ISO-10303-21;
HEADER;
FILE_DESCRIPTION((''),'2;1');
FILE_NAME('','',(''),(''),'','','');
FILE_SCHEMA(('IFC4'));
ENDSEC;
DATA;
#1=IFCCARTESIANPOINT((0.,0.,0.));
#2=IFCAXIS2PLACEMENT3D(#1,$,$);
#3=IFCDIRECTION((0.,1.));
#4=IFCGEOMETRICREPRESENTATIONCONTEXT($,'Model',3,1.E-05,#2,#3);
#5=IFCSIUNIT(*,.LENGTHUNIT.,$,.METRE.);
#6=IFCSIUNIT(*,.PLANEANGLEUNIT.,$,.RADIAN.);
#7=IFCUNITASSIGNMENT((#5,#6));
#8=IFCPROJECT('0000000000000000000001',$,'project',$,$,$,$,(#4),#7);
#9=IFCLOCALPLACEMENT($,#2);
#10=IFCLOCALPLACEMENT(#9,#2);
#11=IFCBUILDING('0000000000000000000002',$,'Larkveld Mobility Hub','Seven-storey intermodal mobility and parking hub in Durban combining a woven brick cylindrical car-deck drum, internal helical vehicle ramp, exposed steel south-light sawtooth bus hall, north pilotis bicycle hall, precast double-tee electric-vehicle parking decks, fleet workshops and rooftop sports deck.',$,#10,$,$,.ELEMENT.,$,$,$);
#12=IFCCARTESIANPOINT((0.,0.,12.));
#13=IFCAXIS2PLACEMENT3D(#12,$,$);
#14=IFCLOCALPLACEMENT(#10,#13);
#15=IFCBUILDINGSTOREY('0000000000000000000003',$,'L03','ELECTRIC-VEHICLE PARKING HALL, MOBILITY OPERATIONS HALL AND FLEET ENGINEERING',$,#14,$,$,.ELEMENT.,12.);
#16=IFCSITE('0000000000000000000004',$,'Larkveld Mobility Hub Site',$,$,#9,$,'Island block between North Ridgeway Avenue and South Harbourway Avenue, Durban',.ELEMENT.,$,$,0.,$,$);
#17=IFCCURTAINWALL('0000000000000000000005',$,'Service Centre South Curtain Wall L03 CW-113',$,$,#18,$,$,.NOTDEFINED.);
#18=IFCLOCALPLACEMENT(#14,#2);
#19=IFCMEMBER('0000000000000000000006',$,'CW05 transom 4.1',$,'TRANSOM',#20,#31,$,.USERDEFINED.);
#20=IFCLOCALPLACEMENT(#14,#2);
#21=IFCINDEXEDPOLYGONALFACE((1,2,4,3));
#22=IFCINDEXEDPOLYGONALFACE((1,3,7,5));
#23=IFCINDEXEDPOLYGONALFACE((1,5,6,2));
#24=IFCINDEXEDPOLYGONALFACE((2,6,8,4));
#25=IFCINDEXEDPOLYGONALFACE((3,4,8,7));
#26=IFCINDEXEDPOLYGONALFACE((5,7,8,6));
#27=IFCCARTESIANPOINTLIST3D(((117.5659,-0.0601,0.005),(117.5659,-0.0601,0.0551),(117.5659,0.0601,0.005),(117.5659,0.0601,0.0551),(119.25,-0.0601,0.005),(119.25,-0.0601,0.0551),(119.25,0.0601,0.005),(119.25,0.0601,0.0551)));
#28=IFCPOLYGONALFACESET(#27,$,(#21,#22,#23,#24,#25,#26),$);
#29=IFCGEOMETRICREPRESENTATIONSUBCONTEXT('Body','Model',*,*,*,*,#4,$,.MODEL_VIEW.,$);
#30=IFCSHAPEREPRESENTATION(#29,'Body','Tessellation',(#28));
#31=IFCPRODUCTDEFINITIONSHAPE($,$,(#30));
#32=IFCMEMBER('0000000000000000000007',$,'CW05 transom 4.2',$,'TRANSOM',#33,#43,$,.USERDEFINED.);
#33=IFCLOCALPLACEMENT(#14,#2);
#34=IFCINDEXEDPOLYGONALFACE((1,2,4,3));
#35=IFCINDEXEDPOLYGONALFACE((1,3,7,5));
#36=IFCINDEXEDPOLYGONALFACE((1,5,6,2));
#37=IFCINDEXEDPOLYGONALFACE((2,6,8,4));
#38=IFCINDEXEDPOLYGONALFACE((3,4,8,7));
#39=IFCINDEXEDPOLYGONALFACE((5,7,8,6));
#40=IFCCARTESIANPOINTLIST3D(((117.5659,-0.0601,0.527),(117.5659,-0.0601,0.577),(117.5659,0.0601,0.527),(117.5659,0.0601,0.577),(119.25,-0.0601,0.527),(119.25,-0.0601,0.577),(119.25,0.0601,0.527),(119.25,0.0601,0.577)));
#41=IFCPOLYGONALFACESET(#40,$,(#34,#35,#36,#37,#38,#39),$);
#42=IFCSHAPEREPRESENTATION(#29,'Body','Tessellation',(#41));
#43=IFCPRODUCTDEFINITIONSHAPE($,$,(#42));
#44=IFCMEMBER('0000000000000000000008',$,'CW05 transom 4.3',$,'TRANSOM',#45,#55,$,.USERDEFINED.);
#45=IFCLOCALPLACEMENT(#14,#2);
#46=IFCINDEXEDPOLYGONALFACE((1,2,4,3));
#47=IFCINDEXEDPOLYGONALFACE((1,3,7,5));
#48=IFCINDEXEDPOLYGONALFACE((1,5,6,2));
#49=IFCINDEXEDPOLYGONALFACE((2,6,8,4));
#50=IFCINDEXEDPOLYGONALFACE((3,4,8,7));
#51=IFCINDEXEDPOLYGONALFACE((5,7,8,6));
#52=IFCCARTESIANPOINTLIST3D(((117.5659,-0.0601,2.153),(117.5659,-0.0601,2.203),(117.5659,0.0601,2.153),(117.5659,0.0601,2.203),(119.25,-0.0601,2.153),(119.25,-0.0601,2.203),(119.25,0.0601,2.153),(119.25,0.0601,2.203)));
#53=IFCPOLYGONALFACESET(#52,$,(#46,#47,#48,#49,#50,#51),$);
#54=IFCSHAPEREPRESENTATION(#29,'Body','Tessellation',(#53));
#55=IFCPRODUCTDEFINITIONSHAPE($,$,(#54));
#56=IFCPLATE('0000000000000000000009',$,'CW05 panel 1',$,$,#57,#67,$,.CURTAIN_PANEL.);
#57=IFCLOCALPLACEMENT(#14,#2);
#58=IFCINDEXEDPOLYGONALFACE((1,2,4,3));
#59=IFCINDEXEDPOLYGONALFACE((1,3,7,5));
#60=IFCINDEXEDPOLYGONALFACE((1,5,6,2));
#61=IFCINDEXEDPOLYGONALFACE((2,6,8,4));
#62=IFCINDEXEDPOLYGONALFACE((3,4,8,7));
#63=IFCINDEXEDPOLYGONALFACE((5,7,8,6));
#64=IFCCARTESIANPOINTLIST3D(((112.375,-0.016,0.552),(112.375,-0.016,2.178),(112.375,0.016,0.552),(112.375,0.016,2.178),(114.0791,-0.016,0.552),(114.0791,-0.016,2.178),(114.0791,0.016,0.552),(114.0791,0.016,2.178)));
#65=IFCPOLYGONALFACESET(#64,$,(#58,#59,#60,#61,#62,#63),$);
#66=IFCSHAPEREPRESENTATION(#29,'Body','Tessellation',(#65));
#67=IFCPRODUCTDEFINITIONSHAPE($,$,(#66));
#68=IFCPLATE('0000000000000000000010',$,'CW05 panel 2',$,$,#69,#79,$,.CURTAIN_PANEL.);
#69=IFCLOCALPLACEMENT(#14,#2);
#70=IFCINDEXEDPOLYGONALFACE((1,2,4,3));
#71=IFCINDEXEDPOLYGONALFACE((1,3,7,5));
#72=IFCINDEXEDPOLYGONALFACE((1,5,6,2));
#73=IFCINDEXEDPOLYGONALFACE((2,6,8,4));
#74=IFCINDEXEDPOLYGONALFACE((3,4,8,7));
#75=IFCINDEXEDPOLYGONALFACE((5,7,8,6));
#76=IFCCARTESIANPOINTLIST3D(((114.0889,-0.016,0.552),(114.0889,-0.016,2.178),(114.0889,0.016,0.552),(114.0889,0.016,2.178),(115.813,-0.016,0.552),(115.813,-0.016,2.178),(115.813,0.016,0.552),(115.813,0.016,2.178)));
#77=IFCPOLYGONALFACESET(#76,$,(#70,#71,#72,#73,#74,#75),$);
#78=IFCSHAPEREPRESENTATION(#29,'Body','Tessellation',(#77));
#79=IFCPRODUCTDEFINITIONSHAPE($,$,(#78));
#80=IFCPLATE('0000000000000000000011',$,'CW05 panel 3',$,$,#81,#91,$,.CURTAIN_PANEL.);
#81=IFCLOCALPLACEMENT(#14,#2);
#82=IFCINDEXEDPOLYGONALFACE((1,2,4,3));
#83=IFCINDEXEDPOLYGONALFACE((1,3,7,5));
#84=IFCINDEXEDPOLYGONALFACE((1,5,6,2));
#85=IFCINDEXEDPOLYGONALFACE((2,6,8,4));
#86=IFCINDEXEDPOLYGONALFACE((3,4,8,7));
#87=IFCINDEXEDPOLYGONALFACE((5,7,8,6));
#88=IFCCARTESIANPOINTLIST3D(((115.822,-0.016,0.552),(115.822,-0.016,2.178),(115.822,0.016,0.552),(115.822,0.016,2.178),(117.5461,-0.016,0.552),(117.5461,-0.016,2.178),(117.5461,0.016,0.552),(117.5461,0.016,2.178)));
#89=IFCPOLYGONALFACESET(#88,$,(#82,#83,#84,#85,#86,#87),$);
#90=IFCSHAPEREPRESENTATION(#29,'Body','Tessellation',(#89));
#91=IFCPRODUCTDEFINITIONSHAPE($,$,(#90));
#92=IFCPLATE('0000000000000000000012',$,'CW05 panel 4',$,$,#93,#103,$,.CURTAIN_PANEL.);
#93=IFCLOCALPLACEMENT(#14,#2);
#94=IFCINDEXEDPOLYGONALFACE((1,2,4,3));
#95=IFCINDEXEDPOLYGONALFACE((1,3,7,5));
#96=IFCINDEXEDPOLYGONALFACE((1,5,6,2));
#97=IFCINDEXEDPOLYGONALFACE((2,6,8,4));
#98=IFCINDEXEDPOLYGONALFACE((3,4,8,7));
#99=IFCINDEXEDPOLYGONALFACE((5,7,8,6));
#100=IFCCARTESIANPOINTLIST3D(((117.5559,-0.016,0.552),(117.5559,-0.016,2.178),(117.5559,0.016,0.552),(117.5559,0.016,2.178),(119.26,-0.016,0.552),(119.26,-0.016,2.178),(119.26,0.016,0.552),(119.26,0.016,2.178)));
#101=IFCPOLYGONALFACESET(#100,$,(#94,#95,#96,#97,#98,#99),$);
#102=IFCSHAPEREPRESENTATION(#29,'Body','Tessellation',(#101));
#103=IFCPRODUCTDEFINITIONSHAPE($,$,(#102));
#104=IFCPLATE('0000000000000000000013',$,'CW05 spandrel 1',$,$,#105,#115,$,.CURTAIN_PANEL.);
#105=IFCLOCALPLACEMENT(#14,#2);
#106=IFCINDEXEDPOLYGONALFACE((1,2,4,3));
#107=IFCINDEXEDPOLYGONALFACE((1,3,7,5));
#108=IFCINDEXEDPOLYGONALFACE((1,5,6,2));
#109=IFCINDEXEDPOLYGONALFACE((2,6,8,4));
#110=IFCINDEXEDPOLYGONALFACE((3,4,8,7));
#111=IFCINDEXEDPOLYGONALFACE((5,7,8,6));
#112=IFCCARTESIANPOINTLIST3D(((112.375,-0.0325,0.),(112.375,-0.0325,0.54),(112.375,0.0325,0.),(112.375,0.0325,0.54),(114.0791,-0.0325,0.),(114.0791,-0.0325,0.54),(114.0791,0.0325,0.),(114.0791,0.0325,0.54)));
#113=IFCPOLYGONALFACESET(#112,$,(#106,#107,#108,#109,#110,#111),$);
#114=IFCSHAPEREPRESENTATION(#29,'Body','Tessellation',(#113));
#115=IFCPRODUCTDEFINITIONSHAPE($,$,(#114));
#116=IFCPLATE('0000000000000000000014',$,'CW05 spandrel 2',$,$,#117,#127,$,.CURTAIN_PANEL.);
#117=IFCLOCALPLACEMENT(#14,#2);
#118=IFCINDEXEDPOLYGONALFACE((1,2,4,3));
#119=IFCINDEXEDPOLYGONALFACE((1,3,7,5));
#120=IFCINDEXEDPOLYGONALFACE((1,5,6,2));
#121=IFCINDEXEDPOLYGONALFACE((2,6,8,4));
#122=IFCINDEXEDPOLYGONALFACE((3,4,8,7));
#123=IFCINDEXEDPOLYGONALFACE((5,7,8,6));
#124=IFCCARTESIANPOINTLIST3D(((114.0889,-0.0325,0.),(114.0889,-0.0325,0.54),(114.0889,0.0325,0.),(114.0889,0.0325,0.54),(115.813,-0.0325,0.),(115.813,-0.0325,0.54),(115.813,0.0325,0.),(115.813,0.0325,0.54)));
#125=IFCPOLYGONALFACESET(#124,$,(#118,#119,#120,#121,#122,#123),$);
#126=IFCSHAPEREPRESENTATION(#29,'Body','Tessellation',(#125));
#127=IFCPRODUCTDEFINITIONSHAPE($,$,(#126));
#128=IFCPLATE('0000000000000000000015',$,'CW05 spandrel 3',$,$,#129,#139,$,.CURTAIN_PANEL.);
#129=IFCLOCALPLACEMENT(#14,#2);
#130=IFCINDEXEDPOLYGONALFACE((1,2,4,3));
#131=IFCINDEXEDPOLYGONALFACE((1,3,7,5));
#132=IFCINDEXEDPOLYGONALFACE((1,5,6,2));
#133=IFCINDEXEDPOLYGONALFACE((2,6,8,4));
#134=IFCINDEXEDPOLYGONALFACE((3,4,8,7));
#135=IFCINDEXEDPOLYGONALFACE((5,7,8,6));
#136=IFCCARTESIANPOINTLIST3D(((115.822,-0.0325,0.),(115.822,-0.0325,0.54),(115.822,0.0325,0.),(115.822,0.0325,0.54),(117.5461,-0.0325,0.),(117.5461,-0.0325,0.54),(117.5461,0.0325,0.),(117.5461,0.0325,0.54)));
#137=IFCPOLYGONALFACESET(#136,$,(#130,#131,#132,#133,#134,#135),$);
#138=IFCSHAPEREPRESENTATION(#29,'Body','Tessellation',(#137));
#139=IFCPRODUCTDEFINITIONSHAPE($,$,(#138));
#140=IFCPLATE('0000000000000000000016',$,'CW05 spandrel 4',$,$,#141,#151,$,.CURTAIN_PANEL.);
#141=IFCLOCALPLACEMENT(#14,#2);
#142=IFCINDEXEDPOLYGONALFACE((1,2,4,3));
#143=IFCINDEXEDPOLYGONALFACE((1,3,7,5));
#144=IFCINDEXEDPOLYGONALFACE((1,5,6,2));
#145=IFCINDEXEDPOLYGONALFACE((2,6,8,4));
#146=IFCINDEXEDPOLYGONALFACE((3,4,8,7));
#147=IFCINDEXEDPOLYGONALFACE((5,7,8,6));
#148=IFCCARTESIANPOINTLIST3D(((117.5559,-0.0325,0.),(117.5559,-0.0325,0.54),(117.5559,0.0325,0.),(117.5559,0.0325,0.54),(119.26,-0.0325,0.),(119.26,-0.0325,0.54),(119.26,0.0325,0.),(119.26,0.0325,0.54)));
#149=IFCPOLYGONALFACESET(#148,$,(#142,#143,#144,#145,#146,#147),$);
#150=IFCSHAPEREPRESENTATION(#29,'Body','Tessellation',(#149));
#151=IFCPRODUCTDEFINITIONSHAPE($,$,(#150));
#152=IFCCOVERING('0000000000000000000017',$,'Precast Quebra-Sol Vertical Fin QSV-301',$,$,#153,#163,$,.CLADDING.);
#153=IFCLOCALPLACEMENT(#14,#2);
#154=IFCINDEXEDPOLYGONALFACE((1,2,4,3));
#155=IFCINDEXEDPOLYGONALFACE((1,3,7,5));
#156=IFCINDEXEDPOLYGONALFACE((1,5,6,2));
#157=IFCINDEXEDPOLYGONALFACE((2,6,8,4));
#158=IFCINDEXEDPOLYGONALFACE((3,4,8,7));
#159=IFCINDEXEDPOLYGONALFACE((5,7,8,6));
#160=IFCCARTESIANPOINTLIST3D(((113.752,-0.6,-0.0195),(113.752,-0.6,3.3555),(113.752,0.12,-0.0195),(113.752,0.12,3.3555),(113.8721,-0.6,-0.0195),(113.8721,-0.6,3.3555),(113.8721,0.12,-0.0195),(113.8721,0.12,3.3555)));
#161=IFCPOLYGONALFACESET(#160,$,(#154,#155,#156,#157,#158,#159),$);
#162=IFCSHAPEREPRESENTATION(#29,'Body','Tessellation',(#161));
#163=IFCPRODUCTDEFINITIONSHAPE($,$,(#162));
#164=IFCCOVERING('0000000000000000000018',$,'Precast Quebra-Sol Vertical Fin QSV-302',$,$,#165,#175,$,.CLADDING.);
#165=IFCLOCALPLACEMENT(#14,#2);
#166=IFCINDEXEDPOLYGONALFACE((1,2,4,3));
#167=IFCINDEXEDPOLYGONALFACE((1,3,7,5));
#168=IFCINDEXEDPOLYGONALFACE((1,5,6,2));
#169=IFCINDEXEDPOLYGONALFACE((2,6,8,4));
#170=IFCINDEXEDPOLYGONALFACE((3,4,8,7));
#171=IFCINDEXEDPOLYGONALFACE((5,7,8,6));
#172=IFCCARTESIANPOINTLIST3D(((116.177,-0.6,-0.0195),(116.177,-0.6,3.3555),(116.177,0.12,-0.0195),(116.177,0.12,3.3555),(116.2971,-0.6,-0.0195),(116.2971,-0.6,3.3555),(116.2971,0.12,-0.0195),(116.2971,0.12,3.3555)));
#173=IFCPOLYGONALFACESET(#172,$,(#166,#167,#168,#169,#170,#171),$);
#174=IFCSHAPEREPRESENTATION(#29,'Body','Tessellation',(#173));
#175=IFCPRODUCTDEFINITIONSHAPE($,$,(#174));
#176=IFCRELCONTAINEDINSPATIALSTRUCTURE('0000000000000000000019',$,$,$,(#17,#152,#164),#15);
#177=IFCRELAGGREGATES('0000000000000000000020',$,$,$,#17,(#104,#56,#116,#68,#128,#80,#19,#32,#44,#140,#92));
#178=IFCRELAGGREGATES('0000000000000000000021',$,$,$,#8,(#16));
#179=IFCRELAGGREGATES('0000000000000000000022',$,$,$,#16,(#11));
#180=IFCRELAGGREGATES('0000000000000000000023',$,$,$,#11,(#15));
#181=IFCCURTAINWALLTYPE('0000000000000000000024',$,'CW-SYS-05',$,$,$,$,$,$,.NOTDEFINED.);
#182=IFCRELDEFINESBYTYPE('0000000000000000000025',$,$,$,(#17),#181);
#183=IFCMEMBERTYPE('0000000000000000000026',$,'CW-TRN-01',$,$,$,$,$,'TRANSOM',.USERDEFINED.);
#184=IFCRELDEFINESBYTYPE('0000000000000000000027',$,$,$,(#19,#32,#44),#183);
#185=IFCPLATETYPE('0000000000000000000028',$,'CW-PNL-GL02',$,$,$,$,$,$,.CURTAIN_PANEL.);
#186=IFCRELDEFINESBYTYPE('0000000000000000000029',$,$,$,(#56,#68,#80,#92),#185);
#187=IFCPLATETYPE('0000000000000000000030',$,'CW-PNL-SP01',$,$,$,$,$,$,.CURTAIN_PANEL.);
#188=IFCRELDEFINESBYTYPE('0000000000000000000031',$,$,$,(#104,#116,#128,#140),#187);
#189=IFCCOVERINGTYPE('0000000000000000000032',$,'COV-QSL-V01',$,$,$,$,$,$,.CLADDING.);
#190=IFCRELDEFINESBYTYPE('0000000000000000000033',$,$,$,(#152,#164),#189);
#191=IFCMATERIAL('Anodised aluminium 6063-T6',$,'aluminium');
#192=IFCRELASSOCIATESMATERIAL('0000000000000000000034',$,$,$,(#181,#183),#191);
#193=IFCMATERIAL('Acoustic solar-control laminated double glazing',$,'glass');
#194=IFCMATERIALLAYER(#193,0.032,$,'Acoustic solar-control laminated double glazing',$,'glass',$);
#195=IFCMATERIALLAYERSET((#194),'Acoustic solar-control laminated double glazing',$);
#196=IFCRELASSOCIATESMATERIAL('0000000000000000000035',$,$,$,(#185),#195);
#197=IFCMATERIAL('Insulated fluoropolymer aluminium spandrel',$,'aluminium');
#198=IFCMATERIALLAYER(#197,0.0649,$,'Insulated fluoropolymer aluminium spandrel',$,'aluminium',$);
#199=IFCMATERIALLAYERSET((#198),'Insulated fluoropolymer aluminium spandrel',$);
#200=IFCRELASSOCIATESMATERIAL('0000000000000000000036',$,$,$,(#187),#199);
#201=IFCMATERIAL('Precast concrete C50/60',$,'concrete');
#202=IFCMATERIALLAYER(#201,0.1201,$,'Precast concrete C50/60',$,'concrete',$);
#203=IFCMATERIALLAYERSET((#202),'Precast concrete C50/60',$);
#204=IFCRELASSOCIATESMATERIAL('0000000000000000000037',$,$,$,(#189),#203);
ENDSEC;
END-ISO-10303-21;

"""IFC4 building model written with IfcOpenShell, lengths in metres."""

from ifc_helpers import new_model, si_unit, direction, frame, origin, origin_2d, place, context, subcontext, project, spatial, rectangle, extrude, material, layer, layer_set, material_profile, profile_set, type_object, element, aggregate, save


model = new_model("IFC4")

# Units and contexts
model_context = context("Model", 3, precision=1e-05, world=origin(), true_north=direction((0.0, 1.0)))
body_context = subcontext(model_context, "Body", "Model", "MODEL_VIEW")
ifc_project = project(units=[si_unit("LENGTHUNIT", "METRE"), si_unit("PLANEANGLEUNIT", "RADIAN")], contexts=[model_context])

# Site, building, storey
site_placement = place(None, origin())
site = spatial("IfcSite", under=ifc_project, at=site_placement, Name="Larkveld Mobility Hub Site", LongName="Island block between North Ridgeway Avenue and South Harbourway Avenue, Durban", CompositionType="ELEMENT", RefElevation=0.0)
building_placement = place(site_placement, origin())
building = spatial("IfcBuilding", under=site, at=building_placement, Name="Larkveld Mobility Hub", Description="Seven-storey intermodal mobility and parking hub in Durban combining a woven brick cylindrical car-deck drum, internal helical vehicle ramp, exposed steel south-light sawtooth bus hall, north pilotis bicycle hall, precast double-tee electric-vehicle parking decks, fleet workshops and rooftop sports deck.", CompositionType="ELEMENT")
storey_placement = place(building_placement, frame((0.0, 0.0, 12.0)))
storey = spatial("IfcBuildingStorey", under=building, at=storey_placement, Name="L03", Description="ELECTRIC-VEHICLE PARKING HALL, MOBILITY OPERATIONS HALL AND FLEET ENGINEERING", CompositionType="ELEMENT", Elevation=12.0)

# Shared definitions
ifc_material_1 = material(Name="Precast concrete C50/60", Category="concrete")

# Curtain wall, members, plates
ifc_material_2 = material(Name="Anodised aluminium 6063-T6", Category="aluminium")
curtain_wall_type = type_object("IfcCurtainWallType", Name="CW-SYS-05", PredefinedType="NOTDEFINED", material=ifc_material_2)
curtain_wall_placement = place(storey_placement, origin())
curtain_wall = element("IfcCurtainWall", 1, at=curtain_wall_placement, inside=storey, type_object=curtain_wall_type, Name="Service Centre South Curtain Wall L03 CW-113", PredefinedType="NOTDEFINED")
ifc_material_profile_1 = material_profile(ifc_material_2, rectangle(XDim=0.1201, YDim=0.05, at=origin_2d()), Name="ALU TRAN 50x120")
ifc_profile_set_1 = profile_set([ifc_material_profile_1], Name="Anodised aluminium 6063-T6")
member_type_1 = type_object("IfcMemberType", Name="CW-TRN-01", ElementType="TRANSOM", PredefinedType="USERDEFINED", material=ifc_profile_set_1)
member_1_placement = place(storey_placement, frame((117.5659, 0.0, 0.03), z_axis=(1.0, 0.0, 0.0), x_axis=(0.0, 1.0, 0.0)))
member_1 = element("IfcMember", 2, at=member_1_placement, type_object=member_type_1, Name="CW05 transom 4.1", ObjectType="TRANSOM", PredefinedType="USERDEFINED", context=body_context, shape_type="SweptSolid", body=[
    extrude(rectangle(XDim=0.1201, YDim=0.05, at=origin_2d()), origin(), (0.0, 0.0, 1.0), 1.6841),
])
member_2_placement = place(storey_placement, frame((117.5659, 0.0, 0.552), z_axis=(1.0, 0.0, 0.0), x_axis=(0.0, 1.0, 0.0)))
member_2 = element("IfcMember", 3, at=member_2_placement, type_object=member_type_1, Name="CW05 transom 4.2", ObjectType="TRANSOM", PredefinedType="USERDEFINED", context=body_context, shape_type="SweptSolid", body=[
    extrude(rectangle(XDim=0.1201, YDim=0.05, at=origin_2d()), origin(), (0.0, 0.0, 1.0), 1.6841),
])
member_3_placement = place(storey_placement, frame((117.5659, 0.0, 2.178), z_axis=(1.0, 0.0, 0.0), x_axis=(0.0, 1.0, 0.0)))
member_3 = element("IfcMember", 4, at=member_3_placement, type_object=member_type_1, Name="CW05 transom 4.3", ObjectType="TRANSOM", PredefinedType="USERDEFINED", context=body_context, shape_type="SweptSolid", body=[
    extrude(rectangle(XDim=0.1201, YDim=0.05, at=origin_2d()), origin(), (0.0, 0.0, 1.0), 1.6841),
])
ifc_material_3 = material(Name="Acoustic solar-control laminated double glazing", Category="glass")
ifc_layer_1 = layer(ifc_material_3, 0.032, Name="Acoustic solar-control laminated double glazing", Category="glass")
ifc_layer_set_1 = layer_set([ifc_layer_1], Name="Acoustic solar-control laminated double glazing")
plate_type_1 = type_object("IfcPlateType", Name="CW-PNL-GL02", PredefinedType="CURTAIN_PANEL", material=ifc_layer_set_1)
plate_1_placement = place(storey_placement, frame((113.2271, 0.0, 0.552), z_axis=(0.0, 0.0, 1.0), x_axis=(1.0, 0.0, 0.0)))
plate_1 = element("IfcPlate", 5, at=plate_1_placement, type_object=plate_type_1, Name="CW05 panel 1", PredefinedType="CURTAIN_PANEL", context=body_context, shape_type="SweptSolid", body=[
    extrude(rectangle(XDim=1.7041, YDim=0.032, at=origin_2d()), origin(), (0.0, 0.0, 1.0), 1.626),
])
plate_2_placement = place(storey_placement, frame((114.9509, 0.0, 0.552), z_axis=(0.0, 0.0, 1.0), x_axis=(1.0, 0.0, 0.0)))
plate_2 = element("IfcPlate", 6, at=plate_2_placement, type_object=plate_type_1, Name="CW05 panel 2", PredefinedType="CURTAIN_PANEL", context=body_context, shape_type="SweptSolid", body=[
    extrude(rectangle(XDim=1.7241, YDim=0.032, at=origin_2d()), origin(), (0.0, 0.0, 1.0), 1.626),
])
plate_3_placement = place(storey_placement, frame((116.6841, 0.0, 0.552), z_axis=(0.0, 0.0, 1.0), x_axis=(1.0, 0.0, 0.0)))
plate_3 = element("IfcPlate", 7, at=plate_3_placement, type_object=plate_type_1, Name="CW05 panel 3", PredefinedType="CURTAIN_PANEL", context=body_context, shape_type="SweptSolid", body=[
    extrude(rectangle(XDim=1.7241, YDim=0.032, at=origin_2d()), origin(), (0.0, 0.0, 1.0), 1.626),
])
plate_4_placement = place(storey_placement, frame((118.408, 0.0, 0.552), z_axis=(0.0, 0.0, 1.0), x_axis=(1.0, 0.0, 0.0)))
plate_4 = element("IfcPlate", 8, at=plate_4_placement, type_object=plate_type_1, Name="CW05 panel 4", PredefinedType="CURTAIN_PANEL", context=body_context, shape_type="SweptSolid", body=[
    extrude(rectangle(XDim=1.7041, YDim=0.032, at=origin_2d()), origin(), (0.0, 0.0, 1.0), 1.626),
])
ifc_material_4 = material(Name="Insulated fluoropolymer aluminium spandrel", Category="aluminium")
ifc_layer_2 = layer(ifc_material_4, 0.0649, Name="Insulated fluoropolymer aluminium spandrel", Category="aluminium")
ifc_layer_set_2 = layer_set([ifc_layer_2], Name="Insulated fluoropolymer aluminium spandrel")
plate_type_2 = type_object("IfcPlateType", Name="CW-PNL-SP01", PredefinedType="CURTAIN_PANEL", material=ifc_layer_set_2)
plate_5_placement = place(storey_placement, frame((113.2271, 0.0, 0.0), z_axis=(0.0, 0.0, 1.0), x_axis=(1.0, 0.0, 0.0)))
plate_5 = element("IfcPlate", 9, at=plate_5_placement, type_object=plate_type_2, Name="CW05 spandrel 1", PredefinedType="CURTAIN_PANEL", context=body_context, shape_type="SweptSolid", body=[
    extrude(rectangle(XDim=1.7041, YDim=0.0649, at=origin_2d()), origin(), (0.0, 0.0, 1.0), 0.54),
])
plate_6_placement = place(storey_placement, frame((114.9509, 0.0, 0.0), z_axis=(0.0, 0.0, 1.0), x_axis=(1.0, 0.0, 0.0)))
plate_6 = element("IfcPlate", 10, at=plate_6_placement, type_object=plate_type_2, Name="CW05 spandrel 2", PredefinedType="CURTAIN_PANEL", context=body_context, shape_type="SweptSolid", body=[
    extrude(rectangle(XDim=1.7241, YDim=0.0649, at=origin_2d()), origin(), (0.0, 0.0, 1.0), 0.54),
])
plate_7_placement = place(storey_placement, frame((116.6841, 0.0, 0.0), z_axis=(0.0, 0.0, 1.0), x_axis=(1.0, 0.0, 0.0)))
plate_7 = element("IfcPlate", 11, at=plate_7_placement, type_object=plate_type_2, Name="CW05 spandrel 3", PredefinedType="CURTAIN_PANEL", context=body_context, shape_type="SweptSolid", body=[
    extrude(rectangle(XDim=1.7241, YDim=0.0649, at=origin_2d()), origin(), (0.0, 0.0, 1.0), 0.54),
])
plate_8_placement = place(storey_placement, frame((118.408, 0.0, 0.0), z_axis=(0.0, 0.0, 1.0), x_axis=(1.0, 0.0, 0.0)))
plate_8 = element("IfcPlate", 12, at=plate_8_placement, type_object=plate_type_2, Name="CW05 spandrel 4", PredefinedType="CURTAIN_PANEL", context=body_context, shape_type="SweptSolid", body=[
    extrude(rectangle(XDim=1.7041, YDim=0.0649, at=origin_2d()), origin(), (0.0, 0.0, 1.0), 0.54),
])
aggregate(curtain_wall, [plate_5, plate_1, plate_6, plate_2, plate_7, plate_3, member_1, member_2, member_3, plate_8, plate_4])

# Coverings
ifc_layer_3 = layer(ifc_material_1, 0.1201, Name="Precast concrete C50/60", Category="concrete")
ifc_layer_set_3 = layer_set([ifc_layer_3], Name="Precast concrete C50/60")
covering_type = type_object("IfcCoveringType", Name="COV-QSL-V01", PredefinedType="CLADDING", material=ifc_layer_set_3)
for number, where, z_axis, x_axis, name in (
    (13, (113.812, -0.24, -0.0195), (0.0, 0.0, 1.0), (1.0, 0.0, 0.0), "Precast Quebra-Sol Vertical Fin QSV-301"),
    (14, (116.2371, -0.24, -0.0195), (0.0, 0.0, 1.0), (1.0, 0.0, 0.0), "Precast Quebra-Sol Vertical Fin QSV-302"),
):
    element("IfcCovering", number, at=place(storey_placement, frame(where, z_axis=z_axis, x_axis=x_axis)), inside=storey, type_object=covering_type, Name=name, PredefinedType="CLADDING", context=body_context, shape_type="SweptSolid", body=[
        extrude(rectangle(XDim=0.1201, YDim=0.72, at=origin_2d()), origin(), (0.0, 0.0, 1.0), 3.375),
    ])

save(model, "model.ifc")
